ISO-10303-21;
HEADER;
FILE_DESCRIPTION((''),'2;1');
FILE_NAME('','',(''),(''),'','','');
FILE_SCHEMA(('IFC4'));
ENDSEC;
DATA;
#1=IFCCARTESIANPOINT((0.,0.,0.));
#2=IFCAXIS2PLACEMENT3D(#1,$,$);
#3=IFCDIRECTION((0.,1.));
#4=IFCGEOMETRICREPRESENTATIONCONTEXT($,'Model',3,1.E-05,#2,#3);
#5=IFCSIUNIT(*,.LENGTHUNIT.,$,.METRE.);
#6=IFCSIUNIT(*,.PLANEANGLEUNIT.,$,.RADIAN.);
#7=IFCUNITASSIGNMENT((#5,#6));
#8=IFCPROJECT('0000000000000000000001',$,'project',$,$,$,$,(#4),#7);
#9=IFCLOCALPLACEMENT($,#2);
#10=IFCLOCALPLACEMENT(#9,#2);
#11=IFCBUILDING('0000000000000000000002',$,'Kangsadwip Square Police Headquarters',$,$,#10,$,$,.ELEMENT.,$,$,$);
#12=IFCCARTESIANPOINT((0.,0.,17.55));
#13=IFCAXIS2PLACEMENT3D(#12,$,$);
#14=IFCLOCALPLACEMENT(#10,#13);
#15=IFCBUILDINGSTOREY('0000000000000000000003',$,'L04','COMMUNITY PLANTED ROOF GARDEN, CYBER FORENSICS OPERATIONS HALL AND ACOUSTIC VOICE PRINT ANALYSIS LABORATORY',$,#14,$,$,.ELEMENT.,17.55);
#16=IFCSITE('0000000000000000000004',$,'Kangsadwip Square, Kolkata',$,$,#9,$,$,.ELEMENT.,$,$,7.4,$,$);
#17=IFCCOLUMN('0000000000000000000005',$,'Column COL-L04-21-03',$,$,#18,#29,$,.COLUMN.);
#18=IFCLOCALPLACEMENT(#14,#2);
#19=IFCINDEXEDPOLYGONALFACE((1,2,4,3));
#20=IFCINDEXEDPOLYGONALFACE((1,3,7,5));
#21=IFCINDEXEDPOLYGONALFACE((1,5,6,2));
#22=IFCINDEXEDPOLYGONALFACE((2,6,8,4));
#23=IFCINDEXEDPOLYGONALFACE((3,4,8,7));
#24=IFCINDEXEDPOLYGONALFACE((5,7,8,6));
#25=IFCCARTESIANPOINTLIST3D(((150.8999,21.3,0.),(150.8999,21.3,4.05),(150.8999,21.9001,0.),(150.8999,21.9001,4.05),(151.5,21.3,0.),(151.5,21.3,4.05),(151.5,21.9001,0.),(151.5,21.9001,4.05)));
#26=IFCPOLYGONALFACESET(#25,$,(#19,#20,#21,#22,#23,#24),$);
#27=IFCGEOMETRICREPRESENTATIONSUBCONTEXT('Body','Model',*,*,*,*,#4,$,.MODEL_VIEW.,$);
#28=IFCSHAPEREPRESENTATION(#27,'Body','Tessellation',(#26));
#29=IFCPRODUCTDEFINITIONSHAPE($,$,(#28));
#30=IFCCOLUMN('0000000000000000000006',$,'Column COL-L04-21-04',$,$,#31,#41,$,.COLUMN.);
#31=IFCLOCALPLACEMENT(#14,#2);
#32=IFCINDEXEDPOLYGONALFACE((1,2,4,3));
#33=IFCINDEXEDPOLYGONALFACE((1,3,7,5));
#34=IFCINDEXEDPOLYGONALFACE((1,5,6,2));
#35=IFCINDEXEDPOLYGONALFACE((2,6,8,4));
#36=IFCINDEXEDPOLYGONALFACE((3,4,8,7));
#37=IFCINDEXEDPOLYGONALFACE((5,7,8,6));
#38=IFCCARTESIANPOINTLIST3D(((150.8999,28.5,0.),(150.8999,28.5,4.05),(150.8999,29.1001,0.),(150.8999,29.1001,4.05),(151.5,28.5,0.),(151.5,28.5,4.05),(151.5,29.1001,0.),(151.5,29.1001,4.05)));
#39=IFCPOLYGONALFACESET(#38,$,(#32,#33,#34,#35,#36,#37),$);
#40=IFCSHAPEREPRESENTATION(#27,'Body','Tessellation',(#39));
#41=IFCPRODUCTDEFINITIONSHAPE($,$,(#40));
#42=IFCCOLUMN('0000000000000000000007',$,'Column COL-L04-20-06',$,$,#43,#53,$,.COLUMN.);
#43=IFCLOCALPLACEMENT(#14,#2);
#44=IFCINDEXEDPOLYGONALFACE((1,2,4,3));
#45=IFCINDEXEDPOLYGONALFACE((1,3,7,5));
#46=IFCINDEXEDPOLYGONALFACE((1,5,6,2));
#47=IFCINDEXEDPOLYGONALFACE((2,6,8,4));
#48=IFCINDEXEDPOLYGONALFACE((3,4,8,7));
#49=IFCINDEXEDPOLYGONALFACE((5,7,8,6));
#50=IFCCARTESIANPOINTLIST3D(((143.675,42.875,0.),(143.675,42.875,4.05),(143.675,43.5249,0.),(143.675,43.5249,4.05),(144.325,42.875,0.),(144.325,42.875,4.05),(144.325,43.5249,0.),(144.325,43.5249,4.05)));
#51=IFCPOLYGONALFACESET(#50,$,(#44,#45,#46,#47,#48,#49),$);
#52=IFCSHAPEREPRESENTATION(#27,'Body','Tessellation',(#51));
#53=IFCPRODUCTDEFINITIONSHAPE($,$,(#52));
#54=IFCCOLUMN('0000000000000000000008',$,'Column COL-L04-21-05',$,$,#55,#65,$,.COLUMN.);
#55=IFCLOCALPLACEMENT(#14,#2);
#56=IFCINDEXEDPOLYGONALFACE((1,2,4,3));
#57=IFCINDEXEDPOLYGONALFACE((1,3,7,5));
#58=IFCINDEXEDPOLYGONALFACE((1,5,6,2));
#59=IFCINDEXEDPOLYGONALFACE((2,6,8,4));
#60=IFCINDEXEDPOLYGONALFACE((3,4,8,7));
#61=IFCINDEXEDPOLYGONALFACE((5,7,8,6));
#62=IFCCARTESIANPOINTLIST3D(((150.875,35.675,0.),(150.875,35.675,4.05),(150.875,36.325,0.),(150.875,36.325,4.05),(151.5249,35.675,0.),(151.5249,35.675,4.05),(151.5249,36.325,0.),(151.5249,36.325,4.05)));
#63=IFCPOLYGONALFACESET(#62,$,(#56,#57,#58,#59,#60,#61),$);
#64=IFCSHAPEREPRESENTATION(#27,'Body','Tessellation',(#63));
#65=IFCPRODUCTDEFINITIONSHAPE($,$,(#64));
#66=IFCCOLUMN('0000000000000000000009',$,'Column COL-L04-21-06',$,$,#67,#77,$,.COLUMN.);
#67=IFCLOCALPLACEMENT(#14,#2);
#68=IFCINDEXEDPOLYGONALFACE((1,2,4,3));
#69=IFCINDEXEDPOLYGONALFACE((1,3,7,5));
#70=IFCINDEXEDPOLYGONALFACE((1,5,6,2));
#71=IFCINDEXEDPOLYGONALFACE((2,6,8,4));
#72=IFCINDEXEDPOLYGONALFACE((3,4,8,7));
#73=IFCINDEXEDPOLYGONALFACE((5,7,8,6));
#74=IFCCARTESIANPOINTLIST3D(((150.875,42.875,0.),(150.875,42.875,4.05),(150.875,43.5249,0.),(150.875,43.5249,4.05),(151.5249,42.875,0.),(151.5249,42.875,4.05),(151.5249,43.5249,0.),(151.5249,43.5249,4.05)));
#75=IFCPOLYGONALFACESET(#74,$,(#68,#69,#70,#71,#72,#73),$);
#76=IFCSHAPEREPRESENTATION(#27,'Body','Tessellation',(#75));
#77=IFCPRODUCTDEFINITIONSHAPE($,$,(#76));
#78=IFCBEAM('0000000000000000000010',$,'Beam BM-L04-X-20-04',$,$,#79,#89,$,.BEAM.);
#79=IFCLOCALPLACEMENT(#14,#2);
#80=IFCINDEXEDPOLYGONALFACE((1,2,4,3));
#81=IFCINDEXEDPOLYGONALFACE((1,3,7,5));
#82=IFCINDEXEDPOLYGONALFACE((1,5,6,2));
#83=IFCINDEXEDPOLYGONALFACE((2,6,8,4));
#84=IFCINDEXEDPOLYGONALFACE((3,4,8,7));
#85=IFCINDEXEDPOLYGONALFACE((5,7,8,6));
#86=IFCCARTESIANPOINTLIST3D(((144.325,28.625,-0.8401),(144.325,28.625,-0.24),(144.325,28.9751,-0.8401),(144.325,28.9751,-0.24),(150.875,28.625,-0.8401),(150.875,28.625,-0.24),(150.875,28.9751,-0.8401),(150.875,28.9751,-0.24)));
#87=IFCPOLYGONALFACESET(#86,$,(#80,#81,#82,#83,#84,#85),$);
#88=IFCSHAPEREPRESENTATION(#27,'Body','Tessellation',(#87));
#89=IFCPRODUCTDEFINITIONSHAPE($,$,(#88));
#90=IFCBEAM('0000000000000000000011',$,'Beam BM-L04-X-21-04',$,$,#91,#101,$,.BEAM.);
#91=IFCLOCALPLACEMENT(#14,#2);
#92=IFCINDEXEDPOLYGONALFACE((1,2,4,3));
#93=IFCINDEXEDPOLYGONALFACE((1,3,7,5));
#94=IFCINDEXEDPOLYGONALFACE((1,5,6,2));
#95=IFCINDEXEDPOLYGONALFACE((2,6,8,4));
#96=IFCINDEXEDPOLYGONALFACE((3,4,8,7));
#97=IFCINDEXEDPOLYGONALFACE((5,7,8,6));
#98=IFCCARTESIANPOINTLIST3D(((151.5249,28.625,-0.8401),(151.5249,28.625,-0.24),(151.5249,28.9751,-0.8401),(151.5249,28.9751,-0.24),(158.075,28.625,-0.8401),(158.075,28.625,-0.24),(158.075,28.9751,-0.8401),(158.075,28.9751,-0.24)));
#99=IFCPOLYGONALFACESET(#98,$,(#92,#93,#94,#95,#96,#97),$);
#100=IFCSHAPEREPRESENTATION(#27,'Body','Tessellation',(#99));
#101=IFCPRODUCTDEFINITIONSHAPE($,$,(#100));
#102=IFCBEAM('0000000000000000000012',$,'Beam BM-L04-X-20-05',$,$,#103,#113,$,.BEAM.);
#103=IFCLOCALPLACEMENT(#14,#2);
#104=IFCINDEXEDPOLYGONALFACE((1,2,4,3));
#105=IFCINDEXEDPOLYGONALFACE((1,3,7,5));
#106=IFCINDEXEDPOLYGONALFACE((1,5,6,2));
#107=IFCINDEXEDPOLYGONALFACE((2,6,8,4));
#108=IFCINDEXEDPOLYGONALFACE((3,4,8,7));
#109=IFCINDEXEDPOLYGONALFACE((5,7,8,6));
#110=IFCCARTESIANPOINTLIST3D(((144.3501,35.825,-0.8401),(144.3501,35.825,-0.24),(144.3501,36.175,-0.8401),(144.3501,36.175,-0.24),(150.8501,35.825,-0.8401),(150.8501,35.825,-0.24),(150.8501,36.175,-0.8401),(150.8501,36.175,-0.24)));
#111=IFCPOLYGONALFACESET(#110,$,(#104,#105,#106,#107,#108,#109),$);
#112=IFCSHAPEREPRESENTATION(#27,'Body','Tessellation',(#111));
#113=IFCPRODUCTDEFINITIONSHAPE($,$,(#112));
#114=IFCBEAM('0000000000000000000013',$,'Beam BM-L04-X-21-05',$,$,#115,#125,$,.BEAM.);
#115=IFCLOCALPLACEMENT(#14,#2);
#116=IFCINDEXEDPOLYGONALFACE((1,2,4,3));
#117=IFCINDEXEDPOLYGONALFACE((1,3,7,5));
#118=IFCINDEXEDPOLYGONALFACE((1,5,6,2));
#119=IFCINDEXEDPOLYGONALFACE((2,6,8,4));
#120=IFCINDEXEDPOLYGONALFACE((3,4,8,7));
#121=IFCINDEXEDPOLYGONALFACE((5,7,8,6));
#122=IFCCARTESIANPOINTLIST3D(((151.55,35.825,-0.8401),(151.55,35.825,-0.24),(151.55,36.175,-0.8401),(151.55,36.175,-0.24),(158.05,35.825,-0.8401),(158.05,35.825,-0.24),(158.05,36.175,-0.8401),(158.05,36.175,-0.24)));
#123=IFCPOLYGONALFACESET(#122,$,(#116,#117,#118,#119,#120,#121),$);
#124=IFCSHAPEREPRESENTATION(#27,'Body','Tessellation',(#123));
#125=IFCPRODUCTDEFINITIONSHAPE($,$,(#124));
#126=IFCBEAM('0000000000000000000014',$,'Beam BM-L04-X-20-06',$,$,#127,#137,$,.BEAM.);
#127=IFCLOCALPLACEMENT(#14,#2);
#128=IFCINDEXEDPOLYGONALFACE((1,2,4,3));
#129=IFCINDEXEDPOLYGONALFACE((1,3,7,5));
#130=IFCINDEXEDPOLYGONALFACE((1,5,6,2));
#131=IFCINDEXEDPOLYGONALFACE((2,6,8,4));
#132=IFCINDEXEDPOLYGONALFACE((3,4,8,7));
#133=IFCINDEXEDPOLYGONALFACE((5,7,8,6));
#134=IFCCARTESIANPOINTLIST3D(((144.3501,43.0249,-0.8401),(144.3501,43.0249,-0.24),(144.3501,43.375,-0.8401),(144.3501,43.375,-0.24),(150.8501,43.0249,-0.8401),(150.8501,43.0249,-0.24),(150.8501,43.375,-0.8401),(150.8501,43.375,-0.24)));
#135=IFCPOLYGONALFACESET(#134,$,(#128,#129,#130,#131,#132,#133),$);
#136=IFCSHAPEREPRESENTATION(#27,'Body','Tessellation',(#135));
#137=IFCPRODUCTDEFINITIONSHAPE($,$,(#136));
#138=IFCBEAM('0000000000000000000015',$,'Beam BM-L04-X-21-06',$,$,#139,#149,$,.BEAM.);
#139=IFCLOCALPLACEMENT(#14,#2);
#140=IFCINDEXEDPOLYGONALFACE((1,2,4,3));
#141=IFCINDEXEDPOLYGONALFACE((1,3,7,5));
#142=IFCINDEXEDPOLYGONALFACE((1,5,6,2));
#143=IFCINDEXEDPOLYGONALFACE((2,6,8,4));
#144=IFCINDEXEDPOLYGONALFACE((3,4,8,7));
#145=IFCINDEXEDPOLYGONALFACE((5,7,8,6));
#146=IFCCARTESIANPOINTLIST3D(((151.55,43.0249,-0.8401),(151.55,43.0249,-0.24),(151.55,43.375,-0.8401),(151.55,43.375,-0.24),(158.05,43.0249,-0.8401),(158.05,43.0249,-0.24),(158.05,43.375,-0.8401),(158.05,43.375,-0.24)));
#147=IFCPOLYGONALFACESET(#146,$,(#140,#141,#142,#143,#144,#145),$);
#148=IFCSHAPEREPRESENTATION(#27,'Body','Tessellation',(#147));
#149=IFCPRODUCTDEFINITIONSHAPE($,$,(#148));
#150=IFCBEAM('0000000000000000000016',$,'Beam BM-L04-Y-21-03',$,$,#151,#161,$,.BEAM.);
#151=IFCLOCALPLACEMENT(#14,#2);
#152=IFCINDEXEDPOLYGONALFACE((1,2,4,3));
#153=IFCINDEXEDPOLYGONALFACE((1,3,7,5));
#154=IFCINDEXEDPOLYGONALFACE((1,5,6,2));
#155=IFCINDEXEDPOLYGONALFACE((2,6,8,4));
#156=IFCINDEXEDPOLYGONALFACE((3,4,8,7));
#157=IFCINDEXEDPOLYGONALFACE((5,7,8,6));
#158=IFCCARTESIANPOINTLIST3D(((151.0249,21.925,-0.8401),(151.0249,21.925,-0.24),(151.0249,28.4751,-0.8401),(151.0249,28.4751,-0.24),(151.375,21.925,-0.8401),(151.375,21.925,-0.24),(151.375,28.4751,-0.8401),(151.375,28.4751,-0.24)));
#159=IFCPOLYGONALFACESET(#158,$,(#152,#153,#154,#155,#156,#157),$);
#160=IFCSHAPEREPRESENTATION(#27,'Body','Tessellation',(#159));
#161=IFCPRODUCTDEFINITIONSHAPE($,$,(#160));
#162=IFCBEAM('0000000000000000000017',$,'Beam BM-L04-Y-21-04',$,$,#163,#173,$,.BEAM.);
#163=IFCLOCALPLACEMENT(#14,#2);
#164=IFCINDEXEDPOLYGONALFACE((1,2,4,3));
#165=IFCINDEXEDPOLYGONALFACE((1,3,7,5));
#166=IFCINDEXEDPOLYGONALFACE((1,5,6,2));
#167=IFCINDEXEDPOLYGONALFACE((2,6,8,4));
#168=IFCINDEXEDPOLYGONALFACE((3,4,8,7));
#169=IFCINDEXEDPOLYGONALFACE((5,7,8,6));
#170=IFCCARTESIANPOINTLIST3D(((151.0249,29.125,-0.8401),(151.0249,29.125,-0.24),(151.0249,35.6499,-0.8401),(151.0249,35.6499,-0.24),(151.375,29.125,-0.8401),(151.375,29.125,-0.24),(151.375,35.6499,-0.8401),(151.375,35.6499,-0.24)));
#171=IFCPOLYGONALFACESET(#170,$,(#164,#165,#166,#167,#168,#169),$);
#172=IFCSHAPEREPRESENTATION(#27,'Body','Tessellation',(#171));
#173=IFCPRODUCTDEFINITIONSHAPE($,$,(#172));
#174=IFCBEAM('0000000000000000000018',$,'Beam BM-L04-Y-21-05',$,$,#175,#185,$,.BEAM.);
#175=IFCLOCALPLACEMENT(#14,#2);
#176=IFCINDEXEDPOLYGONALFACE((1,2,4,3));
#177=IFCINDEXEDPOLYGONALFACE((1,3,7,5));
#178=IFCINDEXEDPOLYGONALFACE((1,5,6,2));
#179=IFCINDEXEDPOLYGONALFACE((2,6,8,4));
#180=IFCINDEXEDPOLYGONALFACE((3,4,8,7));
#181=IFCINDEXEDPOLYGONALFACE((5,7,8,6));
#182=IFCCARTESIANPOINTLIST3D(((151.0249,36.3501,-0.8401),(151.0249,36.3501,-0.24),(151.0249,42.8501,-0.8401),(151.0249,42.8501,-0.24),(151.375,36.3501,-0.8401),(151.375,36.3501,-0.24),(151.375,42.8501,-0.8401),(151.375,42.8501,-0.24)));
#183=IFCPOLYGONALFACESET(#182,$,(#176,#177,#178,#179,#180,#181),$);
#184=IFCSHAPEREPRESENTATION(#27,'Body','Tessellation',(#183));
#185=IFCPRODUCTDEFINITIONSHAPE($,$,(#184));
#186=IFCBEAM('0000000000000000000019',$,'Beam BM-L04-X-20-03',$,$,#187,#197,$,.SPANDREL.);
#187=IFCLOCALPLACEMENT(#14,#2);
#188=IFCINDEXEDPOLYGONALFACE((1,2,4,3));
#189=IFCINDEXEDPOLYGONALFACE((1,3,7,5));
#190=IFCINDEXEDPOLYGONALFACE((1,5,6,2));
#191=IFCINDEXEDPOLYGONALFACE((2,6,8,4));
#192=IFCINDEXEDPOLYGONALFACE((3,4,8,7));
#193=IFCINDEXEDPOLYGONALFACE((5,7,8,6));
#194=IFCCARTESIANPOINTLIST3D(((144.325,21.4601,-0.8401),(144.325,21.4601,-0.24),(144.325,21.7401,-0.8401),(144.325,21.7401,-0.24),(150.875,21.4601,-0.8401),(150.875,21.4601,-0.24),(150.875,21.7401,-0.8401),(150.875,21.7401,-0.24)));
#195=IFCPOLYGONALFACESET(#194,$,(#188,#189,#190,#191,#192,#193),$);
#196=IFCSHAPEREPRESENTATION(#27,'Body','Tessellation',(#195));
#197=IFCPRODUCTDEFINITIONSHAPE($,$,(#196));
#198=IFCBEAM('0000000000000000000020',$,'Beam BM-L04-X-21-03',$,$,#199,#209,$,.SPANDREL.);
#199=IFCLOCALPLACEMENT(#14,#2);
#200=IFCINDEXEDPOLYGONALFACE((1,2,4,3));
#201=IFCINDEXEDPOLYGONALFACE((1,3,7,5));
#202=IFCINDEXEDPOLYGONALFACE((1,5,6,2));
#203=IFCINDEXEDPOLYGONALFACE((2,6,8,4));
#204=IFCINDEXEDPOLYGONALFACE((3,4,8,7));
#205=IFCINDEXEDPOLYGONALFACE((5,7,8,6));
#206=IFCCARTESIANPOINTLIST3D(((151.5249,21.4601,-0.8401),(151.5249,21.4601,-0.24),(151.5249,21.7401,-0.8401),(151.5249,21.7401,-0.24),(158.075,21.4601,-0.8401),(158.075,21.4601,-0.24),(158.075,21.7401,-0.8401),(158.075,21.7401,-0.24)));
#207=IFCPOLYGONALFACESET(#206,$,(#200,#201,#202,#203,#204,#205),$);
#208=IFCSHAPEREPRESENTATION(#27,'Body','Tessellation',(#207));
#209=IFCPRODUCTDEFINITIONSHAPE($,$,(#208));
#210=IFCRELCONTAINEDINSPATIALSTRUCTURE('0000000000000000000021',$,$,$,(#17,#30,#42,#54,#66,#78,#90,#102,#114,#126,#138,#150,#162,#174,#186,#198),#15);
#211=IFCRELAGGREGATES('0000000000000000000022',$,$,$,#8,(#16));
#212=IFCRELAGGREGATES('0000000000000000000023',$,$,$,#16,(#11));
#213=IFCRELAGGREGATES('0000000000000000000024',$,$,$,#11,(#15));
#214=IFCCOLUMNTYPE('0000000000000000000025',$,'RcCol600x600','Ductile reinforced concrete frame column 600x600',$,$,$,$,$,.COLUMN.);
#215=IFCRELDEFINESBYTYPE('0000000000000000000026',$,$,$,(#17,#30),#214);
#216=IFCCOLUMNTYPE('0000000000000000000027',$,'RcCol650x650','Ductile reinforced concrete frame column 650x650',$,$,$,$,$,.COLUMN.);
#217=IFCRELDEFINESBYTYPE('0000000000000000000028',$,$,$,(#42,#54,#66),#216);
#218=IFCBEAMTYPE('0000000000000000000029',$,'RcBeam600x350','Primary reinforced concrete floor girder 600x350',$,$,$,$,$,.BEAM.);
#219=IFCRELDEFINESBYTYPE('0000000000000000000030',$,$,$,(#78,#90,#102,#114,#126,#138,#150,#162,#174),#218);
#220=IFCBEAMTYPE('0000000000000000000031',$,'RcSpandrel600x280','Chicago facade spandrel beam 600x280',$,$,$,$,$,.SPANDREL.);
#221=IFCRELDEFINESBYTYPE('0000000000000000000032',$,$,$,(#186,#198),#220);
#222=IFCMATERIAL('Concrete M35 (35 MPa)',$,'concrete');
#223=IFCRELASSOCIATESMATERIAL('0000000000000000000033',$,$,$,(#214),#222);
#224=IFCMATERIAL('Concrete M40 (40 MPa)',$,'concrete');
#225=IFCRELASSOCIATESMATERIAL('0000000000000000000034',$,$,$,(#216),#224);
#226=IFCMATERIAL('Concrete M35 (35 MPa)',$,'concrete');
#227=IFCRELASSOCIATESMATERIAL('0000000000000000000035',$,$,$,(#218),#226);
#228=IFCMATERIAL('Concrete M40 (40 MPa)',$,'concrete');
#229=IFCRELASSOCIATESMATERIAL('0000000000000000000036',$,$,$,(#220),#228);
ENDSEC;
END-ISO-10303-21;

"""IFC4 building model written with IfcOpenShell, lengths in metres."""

from ifc_helpers import new_model, si_unit, direction, frame, origin, origin_2d, place, context, subcontext, project, spatial, rectangle, extrude, material, material_profile, profile_set, type_object, element, save


model = new_model("IFC4")

# Units and contexts
model_context = context("Model", 3, precision=1e-05, world=origin(), true_north=direction((0.0, 1.0)))
body_context = subcontext(model_context, "Body", "Model", "MODEL_VIEW")
ifc_project = project(units=[si_unit("LENGTHUNIT", "METRE"), si_unit("PLANEANGLEUNIT", "RADIAN")], contexts=[model_context])

# Site, building, storey
site_placement = place(None, origin())
site = spatial("IfcSite", under=ifc_project, at=site_placement, Name="Kangsadwip Square, Kolkata", CompositionType="ELEMENT", RefElevation=7.4)
building_placement = place(site_placement, origin())
building = spatial("IfcBuilding", under=site, at=building_placement, Name="Kangsadwip Square Police Headquarters", CompositionType="ELEMENT")
storey_placement = place(building_placement, frame((0.0, 0.0, 17.55)))
storey = spatial("IfcBuildingStorey", under=building, at=storey_placement, Name="L04", Description="COMMUNITY PLANTED ROOF GARDEN, CYBER FORENSICS OPERATIONS HALL AND ACOUSTIC VOICE PRINT ANALYSIS LABORATORY", CompositionType="ELEMENT", Elevation=17.55)

# Columns
ifc_material_1 = material(Name="Concrete M35 (35 MPa)", Category="concrete")
ifc_material_profile_1 = material_profile(ifc_material_1, rectangle(XDim=0.6001, YDim=0.6001, at=origin_2d()), Name="RC COL 600X600")
ifc_profile_set_1 = profile_set([ifc_material_profile_1], Name="Concrete M35 (35 MPa)")
column_type_1 = type_object("IfcColumnType", Name="RcCol600x600", Description="Ductile reinforced concrete frame column 600x600", PredefinedType="COLUMN", material=ifc_profile_set_1)
for number, where, z_axis, x_axis, name in (
    (1, (151.2, 21.6001, 0.0), (0.0, 0.0, 1.0), (1.0, 0.0, 0.0), "Column COL-L04-21-03"),
    (2, (151.2, 28.8, 0.0), (0.0, 0.0, 1.0), (1.0, 0.0, 0.0), "Column COL-L04-21-04"),
):
    element("IfcColumn", number, at=place(storey_placement, frame(where, z_axis=z_axis, x_axis=x_axis)), inside=storey, type_object=column_type_1, Name=name, PredefinedType="COLUMN", context=body_context, shape_type="SweptSolid", body=[
        extrude(rectangle(XDim=0.6001, YDim=0.6001, at=origin_2d()), origin(), (0.0, 0.0, 1.0), 4.05),
    ])
ifc_material_2 = material(Name="Concrete M40 (40 MPa)", Category="concrete")
ifc_material_profile_2 = material_profile(ifc_material_2, rectangle(XDim=0.6499, YDim=0.6499, at=origin_2d()), Name="RC COL 650X650")
ifc_profile_set_2 = profile_set([ifc_material_profile_2], Name="Concrete M40 (40 MPa)")
column_type_2 = type_object("IfcColumnType", Name="RcCol650x650", Description="Ductile reinforced concrete frame column 650x650", PredefinedType="COLUMN", material=ifc_profile_set_2)
for number, where, z_axis, x_axis, name in (
    (3, (144.0, 43.2, 0.0), (0.0, 0.0, 1.0), (1.0, 0.0, 0.0), "Column COL-L04-20-06"),
    (4, (151.2, 36.0, 0.0), (0.0, 0.0, 1.0), (1.0, 0.0, 0.0), "Column COL-L04-21-05"),
    (5, (151.2, 43.2, 0.0), (0.0, 0.0, 1.0), (1.0, 0.0, 0.0), "Column COL-L04-21-06"),
):
    element("IfcColumn", number, at=place(storey_placement, frame(where, z_axis=z_axis, x_axis=x_axis)), inside=storey, type_object=column_type_2, Name=name, PredefinedType="COLUMN", context=body_context, shape_type="SweptSolid", body=[
        extrude(rectangle(XDim=0.6499, YDim=0.6499, at=origin_2d()), origin(), (0.0, 0.0, 1.0), 4.05),
    ])

# Beams
ifc_material_3 = material(Name="Concrete M35 (35 MPa)", Category="concrete")
ifc_material_profile_3 = material_profile(ifc_material_3, rectangle(XDim=0.3501, YDim=0.6001, at=origin_2d()), Name="RC BM 600X350")
ifc_profile_set_3 = profile_set([ifc_material_profile_3], Name="Concrete M35 (35 MPa)")
beam_type_1 = type_object("IfcBeamType", Name="RcBeam600x350", Description="Primary reinforced concrete floor girder 600x350", PredefinedType="BEAM", material=ifc_profile_set_3)
for number, where, z_axis, x_axis, name in (
    (6, (144.325, 28.8, -0.54), (1.0, 0.0, 0.0), (0.0, 1.0, 0.0), "Beam BM-L04-X-20-04"),
    (7, (151.5249, 28.8, -0.54), (1.0, 0.0, 0.0), (0.0, 1.0, 0.0), "Beam BM-L04-X-21-04"),
):
    element("IfcBeam", number, at=place(storey_placement, frame(where, z_axis=z_axis, x_axis=x_axis)), inside=storey, type_object=beam_type_1, Name=name, PredefinedType="BEAM", context=body_context, shape_type="SweptSolid", body=[
        extrude(rectangle(XDim=0.3501, YDim=0.6001, at=origin_2d()), origin(), (0.0, 0.0, 1.0), 6.55),
    ])
for number, where, z_axis, x_axis, name in (
    (8, (144.3501, 36.0, -0.54), (1.0, 0.0, 0.0), (0.0, 1.0, 0.0), "Beam BM-L04-X-20-05"),
    (9, (151.55, 36.0, -0.54), (1.0, 0.0, 0.0), (0.0, 1.0, 0.0), "Beam BM-L04-X-21-05"),
    (10, (144.3501, 43.2, -0.54), (1.0, 0.0, 0.0), (0.0, 1.0, 0.0), "Beam BM-L04-X-20-06"),
    (11, (151.55, 43.2, -0.54), (1.0, 0.0, 0.0), (0.0, 1.0, 0.0), "Beam BM-L04-X-21-06"),
):
    element("IfcBeam", number, at=place(storey_placement, frame(where, z_axis=z_axis, x_axis=x_axis)), inside=storey, type_object=beam_type_1, Name=name, PredefinedType="BEAM", context=body_context, shape_type="SweptSolid", body=[
        extrude(rectangle(XDim=0.3501, YDim=0.6001, at=origin_2d()), origin(), (0.0, 0.0, 1.0), 6.5),
    ])
beam_1_placement = place(storey_placement, frame((151.2, 21.925, -0.54), z_axis=(0.0, 1.0, 0.0), x_axis=(-1.0, 0.0, 0.0)))
element("IfcBeam", 12, at=beam_1_placement, inside=storey, type_object=beam_type_1, Name="Beam BM-L04-Y-21-03", PredefinedType="BEAM", context=body_context, shape_type="SweptSolid", body=[
    extrude(rectangle(XDim=0.3501, YDim=0.6001, at=origin_2d()), origin(), (0.0, 0.0, 1.0), 6.55),
])
beam_2_placement = place(storey_placement, frame((151.2, 29.125, -0.54), z_axis=(0.0, 1.0, 0.0), x_axis=(-1.0, 0.0, 0.0)))
element("IfcBeam", 13, at=beam_2_placement, inside=storey, type_object=beam_type_1, Name="Beam BM-L04-Y-21-04", PredefinedType="BEAM", context=body_context, shape_type="SweptSolid", body=[
    extrude(rectangle(XDim=0.3501, YDim=0.6001, at=origin_2d()), origin(), (0.0, 0.0, 1.0), 6.5249),
])
beam_3_placement = place(storey_placement, frame((151.2, 36.3501, -0.54), z_axis=(0.0, 1.0, 0.0), x_axis=(-1.0, 0.0, 0.0)))
element("IfcBeam", 14, at=beam_3_placement, inside=storey, type_object=beam_type_1, Name="Beam BM-L04-Y-21-05", PredefinedType="BEAM", context=body_context, shape_type="SweptSolid", body=[
    extrude(rectangle(XDim=0.3501, YDim=0.6001, at=origin_2d()), origin(), (0.0, 0.0, 1.0), 6.5),
])
ifc_material_4 = material(Name="Concrete M40 (40 MPa)", Category="concrete")
ifc_material_profile_4 = material_profile(ifc_material_4, rectangle(XDim=0.28, YDim=0.6001, at=origin_2d()), Name="RC SPN 600X280")
ifc_profile_set_4 = profile_set([ifc_material_profile_4], Name="Concrete M40 (40 MPa)")
beam_type_2 = type_object("IfcBeamType", Name="RcSpandrel600x280", Description="Chicago facade spandrel beam 600x280", PredefinedType="SPANDREL", material=ifc_profile_set_4)
for number, where, z_axis, x_axis, name in (
    (15, (144.325, 21.6001, -0.54), (1.0, 0.0, 0.0), (0.0, 1.0, 0.0), "Beam BM-L04-X-20-03"),
    (16, (151.5249, 21.6001, -0.54), (1.0, 0.0, 0.0), (0.0, 1.0, 0.0), "Beam BM-L04-X-21-03"),
):
    element("IfcBeam", number, at=place(storey_placement, frame(where, z_axis=z_axis, x_axis=x_axis)), inside=storey, type_object=beam_type_2, Name=name, PredefinedType="SPANDREL", context=body_context, shape_type="SweptSolid", body=[
        extrude(rectangle(XDim=0.28, YDim=0.6001, at=origin_2d()), origin(), (0.0, 0.0, 1.0), 6.55),
    ])

save(model, "model.ifc")
